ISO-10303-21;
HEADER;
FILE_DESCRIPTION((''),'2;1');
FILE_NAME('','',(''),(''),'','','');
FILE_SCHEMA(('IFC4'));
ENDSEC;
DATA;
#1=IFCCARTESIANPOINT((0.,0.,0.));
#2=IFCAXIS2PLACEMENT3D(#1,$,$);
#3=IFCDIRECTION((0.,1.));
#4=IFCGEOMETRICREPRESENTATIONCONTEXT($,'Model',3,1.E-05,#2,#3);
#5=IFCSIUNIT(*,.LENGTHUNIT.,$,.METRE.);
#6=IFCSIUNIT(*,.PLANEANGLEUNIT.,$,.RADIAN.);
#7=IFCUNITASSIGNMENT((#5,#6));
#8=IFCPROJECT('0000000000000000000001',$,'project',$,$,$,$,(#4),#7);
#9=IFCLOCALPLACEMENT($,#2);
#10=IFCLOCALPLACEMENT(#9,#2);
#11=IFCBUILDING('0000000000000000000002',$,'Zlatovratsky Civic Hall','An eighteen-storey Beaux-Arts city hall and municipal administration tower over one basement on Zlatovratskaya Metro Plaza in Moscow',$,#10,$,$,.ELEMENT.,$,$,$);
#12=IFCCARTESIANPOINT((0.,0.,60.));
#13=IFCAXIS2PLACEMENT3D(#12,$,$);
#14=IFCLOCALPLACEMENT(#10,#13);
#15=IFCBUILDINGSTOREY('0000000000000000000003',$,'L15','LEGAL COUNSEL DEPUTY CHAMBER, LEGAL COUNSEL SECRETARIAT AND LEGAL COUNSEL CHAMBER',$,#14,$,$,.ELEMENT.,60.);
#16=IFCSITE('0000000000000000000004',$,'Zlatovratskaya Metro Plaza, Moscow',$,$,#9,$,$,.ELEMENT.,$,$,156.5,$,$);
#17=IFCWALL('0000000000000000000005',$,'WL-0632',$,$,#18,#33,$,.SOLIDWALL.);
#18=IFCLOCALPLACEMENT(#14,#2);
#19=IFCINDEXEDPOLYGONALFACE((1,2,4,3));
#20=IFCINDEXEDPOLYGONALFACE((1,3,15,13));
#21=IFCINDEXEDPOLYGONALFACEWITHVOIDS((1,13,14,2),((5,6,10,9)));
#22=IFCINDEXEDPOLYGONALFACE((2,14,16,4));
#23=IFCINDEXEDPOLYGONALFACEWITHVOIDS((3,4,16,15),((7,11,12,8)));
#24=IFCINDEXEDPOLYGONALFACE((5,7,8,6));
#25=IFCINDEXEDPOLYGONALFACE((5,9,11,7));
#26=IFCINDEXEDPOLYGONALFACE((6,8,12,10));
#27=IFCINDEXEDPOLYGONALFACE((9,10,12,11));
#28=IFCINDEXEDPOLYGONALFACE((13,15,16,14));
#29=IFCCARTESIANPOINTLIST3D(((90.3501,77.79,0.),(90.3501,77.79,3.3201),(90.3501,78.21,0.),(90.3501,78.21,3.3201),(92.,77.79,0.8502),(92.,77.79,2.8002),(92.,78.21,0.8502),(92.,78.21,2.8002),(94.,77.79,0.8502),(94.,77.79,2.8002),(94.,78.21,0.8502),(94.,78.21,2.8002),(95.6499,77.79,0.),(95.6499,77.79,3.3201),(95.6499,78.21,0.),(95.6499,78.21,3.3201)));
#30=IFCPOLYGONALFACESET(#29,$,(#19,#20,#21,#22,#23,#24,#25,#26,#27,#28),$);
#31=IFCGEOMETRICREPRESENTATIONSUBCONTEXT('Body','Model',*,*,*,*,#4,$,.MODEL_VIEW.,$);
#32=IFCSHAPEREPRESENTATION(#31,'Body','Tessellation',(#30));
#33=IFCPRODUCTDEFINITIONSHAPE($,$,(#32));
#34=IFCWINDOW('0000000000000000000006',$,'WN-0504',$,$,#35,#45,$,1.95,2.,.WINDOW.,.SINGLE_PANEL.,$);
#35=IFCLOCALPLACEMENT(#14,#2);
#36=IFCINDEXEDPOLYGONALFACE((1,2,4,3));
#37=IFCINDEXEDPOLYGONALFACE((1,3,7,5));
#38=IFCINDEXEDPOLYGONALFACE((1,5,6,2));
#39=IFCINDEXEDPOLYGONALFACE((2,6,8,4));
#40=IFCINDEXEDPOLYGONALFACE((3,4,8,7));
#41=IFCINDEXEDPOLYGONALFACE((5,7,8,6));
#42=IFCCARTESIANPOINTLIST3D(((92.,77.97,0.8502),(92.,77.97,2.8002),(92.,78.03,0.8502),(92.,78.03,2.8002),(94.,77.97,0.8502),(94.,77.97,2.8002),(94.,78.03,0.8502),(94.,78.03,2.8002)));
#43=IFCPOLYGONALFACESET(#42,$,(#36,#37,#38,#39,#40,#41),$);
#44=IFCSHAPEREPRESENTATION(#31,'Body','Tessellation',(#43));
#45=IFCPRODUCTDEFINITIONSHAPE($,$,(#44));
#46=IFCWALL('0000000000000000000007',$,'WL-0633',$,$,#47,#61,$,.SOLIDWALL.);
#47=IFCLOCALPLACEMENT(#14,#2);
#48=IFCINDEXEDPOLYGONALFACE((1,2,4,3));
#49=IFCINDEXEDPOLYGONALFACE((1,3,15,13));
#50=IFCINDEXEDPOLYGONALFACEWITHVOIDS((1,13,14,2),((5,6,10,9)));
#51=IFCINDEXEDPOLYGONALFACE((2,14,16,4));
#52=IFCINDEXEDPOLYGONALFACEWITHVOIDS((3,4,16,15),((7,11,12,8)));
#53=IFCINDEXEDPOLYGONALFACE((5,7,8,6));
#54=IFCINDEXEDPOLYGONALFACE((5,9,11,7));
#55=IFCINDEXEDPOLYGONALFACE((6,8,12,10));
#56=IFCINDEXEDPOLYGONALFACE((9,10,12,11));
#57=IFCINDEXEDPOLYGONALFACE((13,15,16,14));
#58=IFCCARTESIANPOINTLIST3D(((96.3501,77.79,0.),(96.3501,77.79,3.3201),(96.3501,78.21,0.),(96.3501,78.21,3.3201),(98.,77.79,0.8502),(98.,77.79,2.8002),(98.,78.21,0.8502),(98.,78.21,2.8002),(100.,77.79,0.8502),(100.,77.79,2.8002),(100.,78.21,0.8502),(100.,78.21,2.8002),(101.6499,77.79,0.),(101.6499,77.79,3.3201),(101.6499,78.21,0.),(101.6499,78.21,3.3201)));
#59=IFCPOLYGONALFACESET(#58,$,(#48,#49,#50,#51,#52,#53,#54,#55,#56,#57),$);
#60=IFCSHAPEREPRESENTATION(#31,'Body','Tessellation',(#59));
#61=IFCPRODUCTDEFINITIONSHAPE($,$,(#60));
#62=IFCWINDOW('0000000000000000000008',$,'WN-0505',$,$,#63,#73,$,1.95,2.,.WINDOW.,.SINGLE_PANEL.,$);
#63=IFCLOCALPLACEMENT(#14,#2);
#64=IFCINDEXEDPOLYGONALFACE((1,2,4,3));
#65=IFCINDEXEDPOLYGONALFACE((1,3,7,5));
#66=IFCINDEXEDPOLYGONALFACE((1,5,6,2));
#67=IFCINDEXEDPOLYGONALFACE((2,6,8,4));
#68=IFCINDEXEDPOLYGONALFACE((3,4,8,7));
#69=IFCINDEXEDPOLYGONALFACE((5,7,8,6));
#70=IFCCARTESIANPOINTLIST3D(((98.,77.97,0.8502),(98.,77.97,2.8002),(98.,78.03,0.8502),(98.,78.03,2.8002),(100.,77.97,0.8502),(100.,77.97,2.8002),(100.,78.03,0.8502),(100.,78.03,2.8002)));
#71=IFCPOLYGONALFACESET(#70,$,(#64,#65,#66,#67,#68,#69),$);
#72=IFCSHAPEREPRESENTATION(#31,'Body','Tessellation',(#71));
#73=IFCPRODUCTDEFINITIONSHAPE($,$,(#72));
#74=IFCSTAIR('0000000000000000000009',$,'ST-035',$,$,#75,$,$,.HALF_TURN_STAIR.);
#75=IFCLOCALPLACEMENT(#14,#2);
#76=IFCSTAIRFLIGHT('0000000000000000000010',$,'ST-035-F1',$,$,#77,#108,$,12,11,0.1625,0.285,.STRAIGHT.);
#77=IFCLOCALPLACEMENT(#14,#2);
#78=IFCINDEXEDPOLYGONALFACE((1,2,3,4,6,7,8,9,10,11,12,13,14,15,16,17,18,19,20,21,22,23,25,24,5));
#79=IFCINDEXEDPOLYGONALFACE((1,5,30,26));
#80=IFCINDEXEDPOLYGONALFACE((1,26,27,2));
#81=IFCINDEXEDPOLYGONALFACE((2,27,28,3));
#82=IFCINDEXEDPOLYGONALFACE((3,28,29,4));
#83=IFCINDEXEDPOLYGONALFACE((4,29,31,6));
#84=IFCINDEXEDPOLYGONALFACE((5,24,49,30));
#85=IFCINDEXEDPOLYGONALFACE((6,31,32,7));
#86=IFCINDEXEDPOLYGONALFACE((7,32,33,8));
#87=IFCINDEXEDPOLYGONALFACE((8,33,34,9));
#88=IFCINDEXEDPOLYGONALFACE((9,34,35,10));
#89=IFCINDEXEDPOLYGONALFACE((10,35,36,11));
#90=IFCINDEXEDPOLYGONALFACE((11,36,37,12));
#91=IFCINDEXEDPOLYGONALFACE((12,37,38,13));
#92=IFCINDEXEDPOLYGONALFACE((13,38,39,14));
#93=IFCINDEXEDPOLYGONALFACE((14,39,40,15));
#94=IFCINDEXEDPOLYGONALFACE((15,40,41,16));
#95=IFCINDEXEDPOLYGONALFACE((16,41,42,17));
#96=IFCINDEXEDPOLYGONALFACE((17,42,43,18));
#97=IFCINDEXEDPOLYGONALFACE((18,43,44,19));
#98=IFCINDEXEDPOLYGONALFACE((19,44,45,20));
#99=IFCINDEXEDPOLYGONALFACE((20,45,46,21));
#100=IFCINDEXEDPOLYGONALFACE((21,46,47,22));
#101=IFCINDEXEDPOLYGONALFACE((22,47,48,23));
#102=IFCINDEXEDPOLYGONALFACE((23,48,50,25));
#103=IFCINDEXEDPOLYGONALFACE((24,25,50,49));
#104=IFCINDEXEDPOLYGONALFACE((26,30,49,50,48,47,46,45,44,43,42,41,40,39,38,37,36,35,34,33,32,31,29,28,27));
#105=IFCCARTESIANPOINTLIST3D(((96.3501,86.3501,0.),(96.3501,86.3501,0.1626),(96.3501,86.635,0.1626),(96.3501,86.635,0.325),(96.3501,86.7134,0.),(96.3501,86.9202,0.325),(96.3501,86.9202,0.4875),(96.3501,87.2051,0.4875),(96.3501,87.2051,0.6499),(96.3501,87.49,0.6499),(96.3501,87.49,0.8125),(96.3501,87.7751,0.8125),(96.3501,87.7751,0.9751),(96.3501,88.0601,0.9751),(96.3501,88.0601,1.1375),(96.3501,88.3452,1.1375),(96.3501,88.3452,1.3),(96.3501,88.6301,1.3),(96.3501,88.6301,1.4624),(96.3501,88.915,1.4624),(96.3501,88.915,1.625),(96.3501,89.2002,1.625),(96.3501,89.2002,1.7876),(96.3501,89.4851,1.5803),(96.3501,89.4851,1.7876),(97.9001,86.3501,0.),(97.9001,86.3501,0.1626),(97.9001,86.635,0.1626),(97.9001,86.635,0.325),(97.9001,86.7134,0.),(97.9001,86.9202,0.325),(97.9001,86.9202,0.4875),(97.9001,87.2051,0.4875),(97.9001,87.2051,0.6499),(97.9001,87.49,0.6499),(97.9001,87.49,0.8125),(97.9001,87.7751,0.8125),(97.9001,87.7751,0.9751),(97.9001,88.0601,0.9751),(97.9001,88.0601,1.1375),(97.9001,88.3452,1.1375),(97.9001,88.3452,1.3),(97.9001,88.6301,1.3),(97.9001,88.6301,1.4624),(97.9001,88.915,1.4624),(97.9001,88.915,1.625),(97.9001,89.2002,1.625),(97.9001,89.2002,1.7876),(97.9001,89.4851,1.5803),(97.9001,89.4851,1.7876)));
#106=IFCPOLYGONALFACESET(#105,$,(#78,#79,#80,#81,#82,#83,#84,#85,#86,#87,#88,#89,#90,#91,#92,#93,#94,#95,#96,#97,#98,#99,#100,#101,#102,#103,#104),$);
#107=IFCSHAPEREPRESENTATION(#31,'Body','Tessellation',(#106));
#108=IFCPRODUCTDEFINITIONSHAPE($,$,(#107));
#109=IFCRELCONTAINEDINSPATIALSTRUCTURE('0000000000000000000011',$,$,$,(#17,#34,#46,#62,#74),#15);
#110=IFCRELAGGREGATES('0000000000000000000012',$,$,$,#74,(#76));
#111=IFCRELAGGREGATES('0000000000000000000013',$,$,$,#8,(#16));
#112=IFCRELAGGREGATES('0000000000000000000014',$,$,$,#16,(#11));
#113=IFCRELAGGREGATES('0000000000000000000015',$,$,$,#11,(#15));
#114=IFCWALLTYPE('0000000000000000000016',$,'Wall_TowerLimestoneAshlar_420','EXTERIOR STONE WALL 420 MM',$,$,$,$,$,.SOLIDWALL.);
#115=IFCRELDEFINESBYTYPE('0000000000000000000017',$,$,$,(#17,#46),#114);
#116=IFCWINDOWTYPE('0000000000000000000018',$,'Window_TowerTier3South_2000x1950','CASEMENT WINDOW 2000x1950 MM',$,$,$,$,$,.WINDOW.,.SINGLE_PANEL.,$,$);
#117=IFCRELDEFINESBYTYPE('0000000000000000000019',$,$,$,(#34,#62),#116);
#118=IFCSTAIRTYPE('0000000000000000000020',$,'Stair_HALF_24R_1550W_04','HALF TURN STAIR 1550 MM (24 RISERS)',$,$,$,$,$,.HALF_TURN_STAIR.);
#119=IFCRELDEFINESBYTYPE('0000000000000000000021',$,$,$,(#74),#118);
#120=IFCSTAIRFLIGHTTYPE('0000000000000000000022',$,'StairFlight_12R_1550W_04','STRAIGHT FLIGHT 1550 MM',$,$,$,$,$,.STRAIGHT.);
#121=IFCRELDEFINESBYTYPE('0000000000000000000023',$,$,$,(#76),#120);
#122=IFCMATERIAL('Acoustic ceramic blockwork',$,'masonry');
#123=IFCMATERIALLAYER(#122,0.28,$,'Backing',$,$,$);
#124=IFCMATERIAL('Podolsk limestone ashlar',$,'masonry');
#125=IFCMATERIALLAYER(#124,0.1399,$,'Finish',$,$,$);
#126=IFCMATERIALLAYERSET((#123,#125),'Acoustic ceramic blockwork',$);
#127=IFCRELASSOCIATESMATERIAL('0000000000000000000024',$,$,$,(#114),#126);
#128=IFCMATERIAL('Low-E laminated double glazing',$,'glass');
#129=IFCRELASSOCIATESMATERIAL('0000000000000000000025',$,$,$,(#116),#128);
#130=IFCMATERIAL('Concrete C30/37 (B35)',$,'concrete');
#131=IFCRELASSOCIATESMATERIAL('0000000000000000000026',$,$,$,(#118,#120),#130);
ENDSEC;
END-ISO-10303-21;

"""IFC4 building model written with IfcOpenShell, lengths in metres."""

from ifc_helpers import new_model, si_unit, direction, frame, frame_2d, origin, place, context, subcontext, project, spatial, polyline, rectangle, outline, extrude, material, layer, layer_set, type_object, element, fill, aggregate, save


model = new_model("IFC4")

# Units and contexts
model_context = context("Model", 3, precision=1e-05, world=origin(), true_north=direction((0.0, 1.0)))
body_context = subcontext(model_context, "Body", "Model", "MODEL_VIEW")
ifc_project = project(units=[si_unit("LENGTHUNIT", "METRE"), si_unit("PLANEANGLEUNIT", "RADIAN")], contexts=[model_context])

# Site, building, storey
site_placement = place(None, origin())
site = spatial("IfcSite", under=ifc_project, at=site_placement, Name="Zlatovratskaya Metro Plaza, Moscow", CompositionType="ELEMENT", RefElevation=156.5)
building_placement = place(site_placement, origin())
building = spatial("IfcBuilding", under=site, at=building_placement, Name="Zlatovratsky Civic Hall", Description="An eighteen-storey Beaux-Arts city hall and municipal administration tower over one basement on Zlatovratskaya Metro Plaza in Moscow", CompositionType="ELEMENT")
storey_placement = place(building_placement, frame((0.0, 0.0, 60.0)))
storey = spatial("IfcBuildingStorey", under=building, at=storey_placement, Name="L15", Description="LEGAL COUNSEL DEPUTY CHAMBER, LEGAL COUNSEL SECRETARIAT AND LEGAL COUNSEL CHAMBER", CompositionType="ELEMENT", Elevation=60.0)

# Shared definitions
ifc_material_1 = material(Name="Acoustic ceramic blockwork", Category="masonry")

# Walls, openings, windows
ifc_layer_1 = layer(ifc_material_1, 0.28, Name="Backing")
ifc_material_2 = material(Name="Podolsk limestone ashlar", Category="masonry")
ifc_layer_2 = layer(ifc_material_2, 0.1399, Name="Finish")
ifc_layer_set_1 = layer_set([ifc_layer_1, ifc_layer_2], Name="Acoustic ceramic blockwork")
wall_type_1 = type_object("IfcWallType", Name="Wall_TowerLimestoneAshlar_420", Description="EXTERIOR STONE WALL 420 MM", PredefinedType="SOLIDWALL", material=ifc_layer_set_1)
wall_1_placement = place(storey_placement, frame((90.3501, 78.0, 0.0), z_axis=(0.0, 0.0, 1.0), x_axis=(1.0, 0.0, 0.0)))
wall_1 = element("IfcWall", 1, at=wall_1_placement, inside=storey, type_object=wall_type_1, Name="WL-0632", PredefinedType="SOLIDWALL", context=body_context, shape_type="SweptSolid", body=[
    extrude(rectangle(XDim=5.2998, YDim=0.4199, at=frame_2d((2.6499, 0.0))), origin(), (0.0, 0.0, 1.0), 3.3201),
])
opening_1_placement = place(wall_1_placement, frame((1.6499, 0.0, 0.8501)))
opening_1 = element("IfcOpeningElement", 2, at=opening_1_placement, cuts=wall_1, PredefinedType="OPENING", context=body_context, shape_type="SweptSolid", body=[
    extrude(rectangle(XDim=2.0, YDim=1.95, at=frame_2d((1.0, 0.9751))), frame((0.0, 0.2249, 0.0), z_axis=(0.0, -1.0, 0.0), x_axis=(1.0, 0.0, 0.0)), (0.0, 0.0, 1.0), 0.4497),
])
ifc_material_3 = material(Name="Low-E laminated double glazing", Category="glass")
window_type = type_object("IfcWindowType", Name="Window_TowerTier3South_2000x1950", Description="CASEMENT WINDOW 2000x1950 MM", PartitioningType="SINGLE_PANEL", PredefinedType="WINDOW", material=ifc_material_3)
window_1_placement = place(opening_1_placement, origin())
window_1 = element("IfcWindow", 3, at=window_1_placement, inside=storey, type_object=window_type, Name="WN-0504", OverallHeight=1.95, OverallWidth=2.0, PartitioningType="SINGLE_PANEL", PredefinedType="WINDOW", context=body_context, shape_type="SweptSolid", body=[
    extrude(rectangle(XDim=2.0, YDim=1.95, at=frame_2d((1.0, 0.9751))), frame((0.0, 0.03, 0.0), z_axis=(0.0, -1.0, 0.0), x_axis=(1.0, 0.0, 0.0)), (0.0, 0.0, 1.0), 0.0601),
])
fill(opening_1, window_1)
wall_2_placement = place(storey_placement, frame((96.3501, 78.0, 0.0), z_axis=(0.0, 0.0, 1.0), x_axis=(1.0, 0.0, 0.0)))
wall_2 = element("IfcWall", 4, at=wall_2_placement, inside=storey, type_object=wall_type_1, Name="WL-0633", PredefinedType="SOLIDWALL", context=body_context, shape_type="SweptSolid", body=[
    extrude(rectangle(XDim=5.2998, YDim=0.4199, at=frame_2d((2.6499, 0.0))), origin(), (0.0, 0.0, 1.0), 3.3201),
])
opening_2_placement = place(wall_2_placement, frame((1.6499, 0.0, 0.8501)))
opening_2 = element("IfcOpeningElement", 5, at=opening_2_placement, cuts=wall_2, PredefinedType="OPENING", context=body_context, shape_type="SweptSolid", body=[
    extrude(rectangle(XDim=2.0, YDim=1.95, at=frame_2d((1.0, 0.9751))), frame((0.0, 0.2249, 0.0), z_axis=(0.0, -1.0, 0.0), x_axis=(1.0, 0.0, 0.0)), (0.0, 0.0, 1.0), 0.4497),
])
window_2_placement = place(opening_2_placement, origin())
window_2 = element("IfcWindow", 6, at=window_2_placement, inside=storey, type_object=window_type, Name="WN-0505", OverallHeight=1.95, OverallWidth=2.0, PartitioningType="SINGLE_PANEL", PredefinedType="WINDOW", context=body_context, shape_type="SweptSolid", body=[
    extrude(rectangle(XDim=2.0, YDim=1.95, at=frame_2d((1.0, 0.9751))), frame((0.0, 0.03, 0.0), z_axis=(0.0, -1.0, 0.0), x_axis=(1.0, 0.0, 0.0)), (0.0, 0.0, 1.0), 0.0601),
])
fill(opening_2, window_2)

# Stair, stair flight
ifc_material_4 = material(Name="Concrete C30/37 (B35)", Category="concrete")
stair_type = type_object("IfcStairType", Name="Stair_HALF_24R_1550W_04", Description="HALF TURN STAIR 1550 MM (24 RISERS)", PredefinedType="HALF_TURN_STAIR", material=ifc_material_4)
stair_placement = place(storey_placement, origin())
stair = element("IfcStair", 7, at=stair_placement, inside=storey, type_object=stair_type, Name="ST-035", PredefinedType="HALF_TURN_STAIR")
stair_flight_type = type_object("IfcStairFlightType", Name="StairFlight_12R_1550W_04", Description="STRAIGHT FLIGHT 1550 MM", PredefinedType="STRAIGHT", material=ifc_material_4)
stair_flight_placement = place(storey_placement, frame((97.125, 86.3501, 0.0), z_axis=(0.0, 0.0, 1.0), x_axis=(0.0, 1.0, 0.0)))
stair_flight = element("IfcStairFlight", 8, at=stair_flight_placement, type_object=stair_flight_type, Name="ST-035-F1", NumberOfRisers=12, NumberOfTreads=11, PredefinedType="STRAIGHT", RiserHeight=0.1625, TreadLength=0.285, context=body_context, shape_type="SweptSolid", body=[
    extrude(outline(polyline([(0.0, 0.0), (0.0, 0.1626), (0.2849, 0.1626), (0.2849, 0.325), (0.5701, 0.325), (0.5701, 0.4875), (0.855, 0.4875), (0.855, 0.6499), (1.1399, 0.6499), (1.1399, 0.8125), (1.425, 0.8125), (1.425, 0.9751), (1.71, 0.9751), (1.71, 1.1375), (1.9951, 1.1375), (1.9951, 1.3), (2.28, 1.3), (2.28, 1.4624), (2.5649, 1.4624), (2.5649, 1.625), (2.8501, 1.625), (2.8501, 1.7876), (3.135, 1.7876), (3.135, 1.95), (3.135, 1.5803), (0.3633, 0.0), (0.0, 0.0)])), frame((0.0, 0.7749, 0.0), z_axis=(0.0, -1.0, 0.0), x_axis=(1.0, 0.0, 0.0)), (0.0, 0.0, 1.0), 1.55),
])
aggregate(stair, [stair_flight])

save(model, "model.ifc")
